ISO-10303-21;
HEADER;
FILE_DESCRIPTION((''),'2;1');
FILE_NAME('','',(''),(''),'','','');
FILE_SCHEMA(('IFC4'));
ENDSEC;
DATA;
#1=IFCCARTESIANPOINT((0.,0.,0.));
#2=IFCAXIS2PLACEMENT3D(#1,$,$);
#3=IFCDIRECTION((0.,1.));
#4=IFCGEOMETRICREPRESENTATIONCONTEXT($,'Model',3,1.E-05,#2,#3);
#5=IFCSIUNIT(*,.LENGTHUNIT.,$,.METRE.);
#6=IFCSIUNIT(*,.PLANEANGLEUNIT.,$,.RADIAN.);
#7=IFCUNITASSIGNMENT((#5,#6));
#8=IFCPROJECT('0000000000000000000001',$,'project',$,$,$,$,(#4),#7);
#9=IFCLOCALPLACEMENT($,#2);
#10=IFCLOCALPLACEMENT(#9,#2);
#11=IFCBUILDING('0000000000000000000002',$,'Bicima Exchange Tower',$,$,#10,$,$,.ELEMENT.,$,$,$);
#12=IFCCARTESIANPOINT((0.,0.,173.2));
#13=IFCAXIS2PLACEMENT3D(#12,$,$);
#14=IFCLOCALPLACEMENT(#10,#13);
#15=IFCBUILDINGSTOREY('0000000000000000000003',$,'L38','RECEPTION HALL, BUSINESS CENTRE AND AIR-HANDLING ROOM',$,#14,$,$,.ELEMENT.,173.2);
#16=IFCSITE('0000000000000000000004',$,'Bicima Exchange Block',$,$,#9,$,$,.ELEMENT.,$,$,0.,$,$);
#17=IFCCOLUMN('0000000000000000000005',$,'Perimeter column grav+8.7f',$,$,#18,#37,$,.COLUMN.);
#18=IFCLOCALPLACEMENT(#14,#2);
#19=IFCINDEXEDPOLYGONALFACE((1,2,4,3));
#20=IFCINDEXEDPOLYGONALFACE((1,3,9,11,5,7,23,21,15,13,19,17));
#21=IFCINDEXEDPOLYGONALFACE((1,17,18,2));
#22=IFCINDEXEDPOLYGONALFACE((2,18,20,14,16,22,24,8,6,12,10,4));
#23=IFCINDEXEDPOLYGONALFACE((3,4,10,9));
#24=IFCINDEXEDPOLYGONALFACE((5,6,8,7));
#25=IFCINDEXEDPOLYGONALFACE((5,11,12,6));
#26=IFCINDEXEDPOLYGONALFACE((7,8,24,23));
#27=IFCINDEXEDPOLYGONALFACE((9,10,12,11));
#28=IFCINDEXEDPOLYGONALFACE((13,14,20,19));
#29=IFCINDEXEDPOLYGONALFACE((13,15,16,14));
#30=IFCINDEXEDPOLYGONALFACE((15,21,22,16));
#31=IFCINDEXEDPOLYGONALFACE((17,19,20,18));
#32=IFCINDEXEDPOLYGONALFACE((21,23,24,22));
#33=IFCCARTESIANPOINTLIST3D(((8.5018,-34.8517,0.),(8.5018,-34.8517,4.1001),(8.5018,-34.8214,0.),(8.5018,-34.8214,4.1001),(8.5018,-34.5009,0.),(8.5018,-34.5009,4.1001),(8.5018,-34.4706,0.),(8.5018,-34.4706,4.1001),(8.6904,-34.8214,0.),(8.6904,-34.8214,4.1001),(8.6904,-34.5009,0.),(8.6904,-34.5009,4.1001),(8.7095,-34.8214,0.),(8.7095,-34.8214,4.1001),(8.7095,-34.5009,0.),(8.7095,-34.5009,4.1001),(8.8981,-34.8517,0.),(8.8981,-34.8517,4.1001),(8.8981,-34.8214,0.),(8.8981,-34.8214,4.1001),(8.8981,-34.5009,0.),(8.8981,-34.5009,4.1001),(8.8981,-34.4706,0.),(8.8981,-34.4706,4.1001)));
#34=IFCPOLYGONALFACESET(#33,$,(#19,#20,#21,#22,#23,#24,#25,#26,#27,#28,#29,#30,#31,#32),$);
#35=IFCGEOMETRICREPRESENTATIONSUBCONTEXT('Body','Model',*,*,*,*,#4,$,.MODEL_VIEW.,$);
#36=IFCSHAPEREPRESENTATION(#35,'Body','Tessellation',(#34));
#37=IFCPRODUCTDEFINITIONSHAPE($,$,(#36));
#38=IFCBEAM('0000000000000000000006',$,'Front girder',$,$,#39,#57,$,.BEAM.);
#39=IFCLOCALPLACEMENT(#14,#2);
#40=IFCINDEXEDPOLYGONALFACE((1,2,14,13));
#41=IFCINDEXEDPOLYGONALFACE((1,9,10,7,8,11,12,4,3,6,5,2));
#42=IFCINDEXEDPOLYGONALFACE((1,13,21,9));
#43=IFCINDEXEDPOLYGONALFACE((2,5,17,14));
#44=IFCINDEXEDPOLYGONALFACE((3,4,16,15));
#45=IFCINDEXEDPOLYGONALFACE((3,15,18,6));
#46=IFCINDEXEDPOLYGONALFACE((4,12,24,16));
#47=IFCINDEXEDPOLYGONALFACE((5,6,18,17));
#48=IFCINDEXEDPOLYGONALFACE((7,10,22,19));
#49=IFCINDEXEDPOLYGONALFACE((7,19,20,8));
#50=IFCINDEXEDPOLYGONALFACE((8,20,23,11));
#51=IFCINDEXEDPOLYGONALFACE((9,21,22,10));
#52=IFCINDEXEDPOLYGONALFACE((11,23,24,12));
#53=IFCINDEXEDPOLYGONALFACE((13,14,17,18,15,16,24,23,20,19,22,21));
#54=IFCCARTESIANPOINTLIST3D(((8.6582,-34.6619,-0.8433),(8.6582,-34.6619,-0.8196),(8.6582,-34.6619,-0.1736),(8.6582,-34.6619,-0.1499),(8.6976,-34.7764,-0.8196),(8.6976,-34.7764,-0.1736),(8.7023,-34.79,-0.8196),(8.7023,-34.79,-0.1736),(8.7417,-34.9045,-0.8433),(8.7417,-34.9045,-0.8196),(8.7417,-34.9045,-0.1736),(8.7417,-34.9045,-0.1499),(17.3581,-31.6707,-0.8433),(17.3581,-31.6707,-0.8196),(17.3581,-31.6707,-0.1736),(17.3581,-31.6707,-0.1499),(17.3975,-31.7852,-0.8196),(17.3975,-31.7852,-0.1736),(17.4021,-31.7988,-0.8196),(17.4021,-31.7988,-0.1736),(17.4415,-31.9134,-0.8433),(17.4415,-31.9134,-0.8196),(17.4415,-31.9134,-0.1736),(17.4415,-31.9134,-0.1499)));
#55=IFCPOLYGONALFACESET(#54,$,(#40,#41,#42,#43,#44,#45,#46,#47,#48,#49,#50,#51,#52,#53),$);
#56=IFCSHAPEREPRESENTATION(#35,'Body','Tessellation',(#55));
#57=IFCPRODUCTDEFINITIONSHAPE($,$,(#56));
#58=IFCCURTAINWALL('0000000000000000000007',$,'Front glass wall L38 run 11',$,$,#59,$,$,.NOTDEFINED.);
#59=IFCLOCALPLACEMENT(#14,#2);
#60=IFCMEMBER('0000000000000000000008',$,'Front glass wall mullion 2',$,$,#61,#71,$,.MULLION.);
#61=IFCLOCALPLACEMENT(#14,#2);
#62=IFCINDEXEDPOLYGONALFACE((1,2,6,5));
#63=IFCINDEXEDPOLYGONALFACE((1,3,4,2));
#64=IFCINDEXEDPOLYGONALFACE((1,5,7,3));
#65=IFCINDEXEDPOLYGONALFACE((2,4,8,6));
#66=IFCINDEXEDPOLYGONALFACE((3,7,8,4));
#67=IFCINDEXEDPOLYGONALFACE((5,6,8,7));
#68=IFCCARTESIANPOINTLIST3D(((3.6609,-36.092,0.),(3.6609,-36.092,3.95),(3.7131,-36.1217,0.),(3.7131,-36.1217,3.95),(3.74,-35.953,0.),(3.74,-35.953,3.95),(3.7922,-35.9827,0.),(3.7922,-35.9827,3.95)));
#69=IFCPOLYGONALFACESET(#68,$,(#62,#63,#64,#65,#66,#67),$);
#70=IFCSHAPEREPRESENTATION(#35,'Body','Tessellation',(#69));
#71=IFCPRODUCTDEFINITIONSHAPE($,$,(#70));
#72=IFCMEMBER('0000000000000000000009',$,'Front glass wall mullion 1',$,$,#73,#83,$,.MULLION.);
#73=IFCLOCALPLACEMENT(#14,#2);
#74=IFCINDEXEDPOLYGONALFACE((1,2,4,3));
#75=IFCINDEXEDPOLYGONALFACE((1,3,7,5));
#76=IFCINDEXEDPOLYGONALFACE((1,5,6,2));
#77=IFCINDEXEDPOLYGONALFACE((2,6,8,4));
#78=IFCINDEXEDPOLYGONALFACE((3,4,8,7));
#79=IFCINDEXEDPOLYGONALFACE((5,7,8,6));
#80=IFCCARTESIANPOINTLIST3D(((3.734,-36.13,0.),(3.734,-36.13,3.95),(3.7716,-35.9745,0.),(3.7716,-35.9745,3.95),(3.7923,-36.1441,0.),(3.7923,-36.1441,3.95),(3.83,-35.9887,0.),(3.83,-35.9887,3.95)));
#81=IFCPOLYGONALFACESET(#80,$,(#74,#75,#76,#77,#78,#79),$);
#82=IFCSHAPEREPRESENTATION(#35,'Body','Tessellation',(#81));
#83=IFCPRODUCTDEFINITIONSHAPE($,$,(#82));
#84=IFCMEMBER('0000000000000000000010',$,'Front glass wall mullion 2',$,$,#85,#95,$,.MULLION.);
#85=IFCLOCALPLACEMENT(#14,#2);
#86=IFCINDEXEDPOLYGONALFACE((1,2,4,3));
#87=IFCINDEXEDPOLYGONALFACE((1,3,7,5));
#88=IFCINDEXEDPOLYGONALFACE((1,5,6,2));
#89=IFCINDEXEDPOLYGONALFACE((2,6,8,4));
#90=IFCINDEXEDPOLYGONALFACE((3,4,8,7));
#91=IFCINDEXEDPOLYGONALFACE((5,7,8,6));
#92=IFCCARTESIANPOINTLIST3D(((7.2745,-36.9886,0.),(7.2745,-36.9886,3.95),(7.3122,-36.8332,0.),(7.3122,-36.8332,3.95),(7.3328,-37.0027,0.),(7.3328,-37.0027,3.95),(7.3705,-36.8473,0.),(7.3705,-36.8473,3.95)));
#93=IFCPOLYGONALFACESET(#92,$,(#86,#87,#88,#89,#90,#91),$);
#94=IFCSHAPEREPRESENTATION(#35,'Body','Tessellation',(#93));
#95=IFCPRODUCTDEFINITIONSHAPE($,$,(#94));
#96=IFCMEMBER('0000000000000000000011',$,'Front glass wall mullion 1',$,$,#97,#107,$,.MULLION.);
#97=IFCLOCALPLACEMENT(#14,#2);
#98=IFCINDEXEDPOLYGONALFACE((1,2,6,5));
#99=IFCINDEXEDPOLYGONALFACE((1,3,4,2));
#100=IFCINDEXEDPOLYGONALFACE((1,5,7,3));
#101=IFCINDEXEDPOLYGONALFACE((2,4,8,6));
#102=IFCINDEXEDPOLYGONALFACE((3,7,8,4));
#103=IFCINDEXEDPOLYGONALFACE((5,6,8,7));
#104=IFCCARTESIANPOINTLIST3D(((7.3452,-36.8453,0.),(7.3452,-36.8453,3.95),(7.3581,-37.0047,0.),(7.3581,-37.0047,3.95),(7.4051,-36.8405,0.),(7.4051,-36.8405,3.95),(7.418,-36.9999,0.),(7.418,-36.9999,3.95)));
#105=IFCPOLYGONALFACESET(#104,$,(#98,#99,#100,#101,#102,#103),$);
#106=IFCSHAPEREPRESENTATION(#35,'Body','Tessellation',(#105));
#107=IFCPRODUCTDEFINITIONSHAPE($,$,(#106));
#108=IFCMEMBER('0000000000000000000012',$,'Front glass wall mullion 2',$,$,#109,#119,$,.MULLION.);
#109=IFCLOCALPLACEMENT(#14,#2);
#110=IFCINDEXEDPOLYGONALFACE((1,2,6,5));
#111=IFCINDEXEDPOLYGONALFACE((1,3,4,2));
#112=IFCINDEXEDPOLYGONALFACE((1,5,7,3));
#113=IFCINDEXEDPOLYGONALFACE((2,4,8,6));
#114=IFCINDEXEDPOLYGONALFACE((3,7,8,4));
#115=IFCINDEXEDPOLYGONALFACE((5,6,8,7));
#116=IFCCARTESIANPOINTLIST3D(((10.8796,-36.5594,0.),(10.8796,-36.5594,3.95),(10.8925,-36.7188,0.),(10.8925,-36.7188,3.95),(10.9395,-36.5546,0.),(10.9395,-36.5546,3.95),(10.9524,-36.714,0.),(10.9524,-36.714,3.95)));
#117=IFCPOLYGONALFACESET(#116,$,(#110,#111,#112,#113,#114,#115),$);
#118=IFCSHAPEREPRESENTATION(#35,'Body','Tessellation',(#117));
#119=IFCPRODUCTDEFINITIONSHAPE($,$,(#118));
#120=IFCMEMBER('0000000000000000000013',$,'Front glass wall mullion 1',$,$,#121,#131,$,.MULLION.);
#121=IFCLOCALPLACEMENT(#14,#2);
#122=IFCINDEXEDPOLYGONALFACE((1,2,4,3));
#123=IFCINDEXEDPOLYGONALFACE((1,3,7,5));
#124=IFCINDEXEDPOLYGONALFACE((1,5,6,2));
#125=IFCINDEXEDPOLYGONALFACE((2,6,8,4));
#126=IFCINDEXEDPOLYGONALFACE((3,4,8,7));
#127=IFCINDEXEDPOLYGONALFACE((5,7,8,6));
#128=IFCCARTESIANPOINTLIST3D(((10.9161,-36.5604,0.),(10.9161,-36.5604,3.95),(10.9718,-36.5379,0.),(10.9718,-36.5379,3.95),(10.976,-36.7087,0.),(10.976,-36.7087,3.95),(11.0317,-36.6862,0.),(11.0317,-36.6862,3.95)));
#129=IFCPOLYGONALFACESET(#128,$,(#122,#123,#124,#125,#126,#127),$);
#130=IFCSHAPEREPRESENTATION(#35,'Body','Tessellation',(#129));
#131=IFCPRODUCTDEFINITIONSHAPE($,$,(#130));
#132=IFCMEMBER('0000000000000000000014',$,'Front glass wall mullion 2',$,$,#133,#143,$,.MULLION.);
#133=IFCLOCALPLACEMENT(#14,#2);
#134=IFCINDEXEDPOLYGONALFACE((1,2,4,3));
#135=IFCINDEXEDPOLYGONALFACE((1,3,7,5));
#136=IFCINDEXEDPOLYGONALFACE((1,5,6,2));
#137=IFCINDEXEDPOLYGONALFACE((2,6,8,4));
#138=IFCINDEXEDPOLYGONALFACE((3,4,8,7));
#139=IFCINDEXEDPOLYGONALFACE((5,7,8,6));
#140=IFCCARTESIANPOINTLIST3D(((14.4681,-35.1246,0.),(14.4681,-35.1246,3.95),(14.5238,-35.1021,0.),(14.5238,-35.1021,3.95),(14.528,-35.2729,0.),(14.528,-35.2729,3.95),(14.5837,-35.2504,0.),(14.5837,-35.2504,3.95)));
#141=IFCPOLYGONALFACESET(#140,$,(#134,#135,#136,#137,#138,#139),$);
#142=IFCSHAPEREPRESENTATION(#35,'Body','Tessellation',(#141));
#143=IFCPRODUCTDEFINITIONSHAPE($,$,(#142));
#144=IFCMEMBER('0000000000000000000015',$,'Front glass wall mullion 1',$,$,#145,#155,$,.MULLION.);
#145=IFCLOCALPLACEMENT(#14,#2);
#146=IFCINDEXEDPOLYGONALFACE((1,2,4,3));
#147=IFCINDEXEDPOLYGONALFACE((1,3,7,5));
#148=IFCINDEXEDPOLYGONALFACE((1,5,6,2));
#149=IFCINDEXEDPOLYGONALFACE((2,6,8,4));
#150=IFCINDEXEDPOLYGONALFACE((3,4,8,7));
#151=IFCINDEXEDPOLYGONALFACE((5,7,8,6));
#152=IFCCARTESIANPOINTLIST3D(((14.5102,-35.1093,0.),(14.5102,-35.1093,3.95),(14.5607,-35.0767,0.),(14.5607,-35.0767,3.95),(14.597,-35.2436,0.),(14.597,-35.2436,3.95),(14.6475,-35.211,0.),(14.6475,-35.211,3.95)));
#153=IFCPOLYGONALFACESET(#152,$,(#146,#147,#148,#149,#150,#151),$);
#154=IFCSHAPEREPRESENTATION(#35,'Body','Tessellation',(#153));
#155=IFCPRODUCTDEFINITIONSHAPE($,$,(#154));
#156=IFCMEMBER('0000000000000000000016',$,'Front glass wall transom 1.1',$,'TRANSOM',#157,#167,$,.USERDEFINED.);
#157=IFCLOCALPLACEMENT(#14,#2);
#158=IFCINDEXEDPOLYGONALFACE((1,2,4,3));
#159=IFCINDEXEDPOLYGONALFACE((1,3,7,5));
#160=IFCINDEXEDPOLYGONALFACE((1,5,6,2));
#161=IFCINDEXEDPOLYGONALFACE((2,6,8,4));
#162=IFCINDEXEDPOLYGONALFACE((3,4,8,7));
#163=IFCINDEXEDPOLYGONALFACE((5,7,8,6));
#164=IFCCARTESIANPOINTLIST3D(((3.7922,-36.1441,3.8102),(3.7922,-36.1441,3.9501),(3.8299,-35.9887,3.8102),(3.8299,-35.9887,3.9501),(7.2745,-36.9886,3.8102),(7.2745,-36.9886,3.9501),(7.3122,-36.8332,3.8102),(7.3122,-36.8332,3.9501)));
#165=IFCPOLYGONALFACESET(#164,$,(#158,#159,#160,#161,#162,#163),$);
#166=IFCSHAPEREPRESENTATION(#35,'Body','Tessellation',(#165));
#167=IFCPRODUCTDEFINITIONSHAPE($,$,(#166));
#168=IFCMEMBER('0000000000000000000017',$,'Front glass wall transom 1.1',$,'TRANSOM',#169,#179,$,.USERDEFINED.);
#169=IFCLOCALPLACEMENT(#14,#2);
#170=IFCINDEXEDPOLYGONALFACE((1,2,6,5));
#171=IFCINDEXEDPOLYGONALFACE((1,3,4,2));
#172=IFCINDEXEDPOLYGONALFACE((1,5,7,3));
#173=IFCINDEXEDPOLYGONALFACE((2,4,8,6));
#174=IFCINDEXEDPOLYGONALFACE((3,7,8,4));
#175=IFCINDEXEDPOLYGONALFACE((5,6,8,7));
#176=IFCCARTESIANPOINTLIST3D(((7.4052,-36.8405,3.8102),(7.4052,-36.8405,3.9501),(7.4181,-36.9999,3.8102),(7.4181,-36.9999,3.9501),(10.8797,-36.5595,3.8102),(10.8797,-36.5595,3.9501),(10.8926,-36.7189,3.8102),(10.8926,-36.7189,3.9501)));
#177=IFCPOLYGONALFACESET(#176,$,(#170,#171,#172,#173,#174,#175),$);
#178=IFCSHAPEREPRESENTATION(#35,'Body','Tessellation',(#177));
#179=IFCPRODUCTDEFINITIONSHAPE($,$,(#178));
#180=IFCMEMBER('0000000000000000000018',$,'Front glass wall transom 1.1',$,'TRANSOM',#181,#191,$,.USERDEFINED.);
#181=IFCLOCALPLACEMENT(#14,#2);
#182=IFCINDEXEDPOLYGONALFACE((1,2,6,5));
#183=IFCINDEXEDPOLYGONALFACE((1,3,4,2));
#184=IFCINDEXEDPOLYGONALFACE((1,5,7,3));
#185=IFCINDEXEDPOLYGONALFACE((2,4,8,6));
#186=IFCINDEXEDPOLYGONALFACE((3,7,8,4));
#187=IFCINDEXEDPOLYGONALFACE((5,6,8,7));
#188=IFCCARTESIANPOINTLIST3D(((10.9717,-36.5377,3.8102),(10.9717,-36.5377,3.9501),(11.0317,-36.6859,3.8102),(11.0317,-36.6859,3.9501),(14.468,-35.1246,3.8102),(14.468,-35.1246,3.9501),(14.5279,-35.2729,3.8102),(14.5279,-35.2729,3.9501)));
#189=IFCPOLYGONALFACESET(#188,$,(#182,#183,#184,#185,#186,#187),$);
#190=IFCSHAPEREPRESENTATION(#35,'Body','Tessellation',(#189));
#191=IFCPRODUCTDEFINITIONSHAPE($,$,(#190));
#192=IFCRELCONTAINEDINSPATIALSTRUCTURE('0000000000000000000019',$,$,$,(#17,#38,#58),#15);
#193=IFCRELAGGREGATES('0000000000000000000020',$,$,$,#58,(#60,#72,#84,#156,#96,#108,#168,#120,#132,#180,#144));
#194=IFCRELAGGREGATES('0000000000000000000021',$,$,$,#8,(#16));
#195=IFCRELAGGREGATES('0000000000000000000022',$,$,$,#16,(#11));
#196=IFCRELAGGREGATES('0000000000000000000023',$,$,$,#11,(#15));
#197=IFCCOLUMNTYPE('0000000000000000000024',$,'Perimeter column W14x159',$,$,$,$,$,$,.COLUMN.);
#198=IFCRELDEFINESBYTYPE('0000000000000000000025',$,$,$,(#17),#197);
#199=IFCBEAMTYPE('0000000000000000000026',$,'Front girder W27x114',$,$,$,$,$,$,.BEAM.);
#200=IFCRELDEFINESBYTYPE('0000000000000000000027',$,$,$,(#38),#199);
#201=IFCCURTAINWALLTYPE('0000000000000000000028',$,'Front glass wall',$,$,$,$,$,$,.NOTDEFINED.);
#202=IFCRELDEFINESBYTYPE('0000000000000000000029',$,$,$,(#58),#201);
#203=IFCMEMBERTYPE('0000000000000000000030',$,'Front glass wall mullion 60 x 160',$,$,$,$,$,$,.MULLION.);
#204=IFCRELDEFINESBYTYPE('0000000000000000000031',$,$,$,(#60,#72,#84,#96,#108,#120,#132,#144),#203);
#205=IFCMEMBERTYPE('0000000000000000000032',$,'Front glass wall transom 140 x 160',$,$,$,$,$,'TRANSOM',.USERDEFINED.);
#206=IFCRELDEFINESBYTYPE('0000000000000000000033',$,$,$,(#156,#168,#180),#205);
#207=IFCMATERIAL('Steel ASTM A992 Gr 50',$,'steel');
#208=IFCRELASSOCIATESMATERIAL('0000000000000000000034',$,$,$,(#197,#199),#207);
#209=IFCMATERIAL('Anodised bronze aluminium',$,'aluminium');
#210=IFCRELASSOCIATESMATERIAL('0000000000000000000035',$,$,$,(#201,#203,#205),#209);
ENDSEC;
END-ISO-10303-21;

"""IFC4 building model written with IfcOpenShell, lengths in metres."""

from ifc_helpers import new_model, si_unit, direction, frame, origin, origin_2d, place, context, subcontext, project, spatial, rectangle, i_section, extrude, material, material_profile, profile_set, type_object, element, aggregate, save


model = new_model("IFC4")

# Units and contexts
model_context = context("Model", 3, precision=1e-05, world=origin(), true_north=direction((0.0, 1.0)))
body_context = subcontext(model_context, "Body", "Model", "MODEL_VIEW")
ifc_project = project(units=[si_unit("LENGTHUNIT", "METRE"), si_unit("PLANEANGLEUNIT", "RADIAN")], contexts=[model_context])

# Site, building, storey
site_placement = place(None, origin())
site = spatial("IfcSite", under=ifc_project, at=site_placement, Name="Bicima Exchange Block", CompositionType="ELEMENT", RefElevation=0.0)
building_placement = place(site_placement, origin())
building = spatial("IfcBuilding", under=site, at=building_placement, Name="Bicima Exchange Tower", CompositionType="ELEMENT")
storey_placement = place(building_placement, frame((0.0, 0.0, 173.2)))
storey = spatial("IfcBuildingStorey", under=building, at=storey_placement, Name="L38", Description="RECEPTION HALL, BUSINESS CENTRE AND AIR-HANDLING ROOM", CompositionType="ELEMENT", Elevation=173.2)

# Column
ifc_material_1 = material(Name="Steel ASTM A992 Gr 50", Category="steel")
ifc_material_profile_1 = material_profile(ifc_material_1, i_section(OverallWidth=0.3962, OverallDepth=0.3811, WebThickness=0.019, FlangeThickness=0.0303, at=origin_2d()))
ifc_profile_set_1 = profile_set([ifc_material_profile_1], Name="Steel ASTM A992 Gr 50")
column_type = type_object("IfcColumnType", Name="Perimeter column W14x159", PredefinedType="COLUMN", material=ifc_profile_set_1)
column_placement = place(storey_placement, frame((8.7, -34.6611, 0.0), z_axis=(0.0, 0.0, 1.0), x_axis=(1.0, 0.0, 0.0)))
element("IfcColumn", 1, at=column_placement, inside=storey, type_object=column_type, Name="Perimeter column grav+8.7f", PredefinedType="COLUMN", context=body_context, shape_type="SweptSolid", body=[
    extrude(i_section(OverallWidth=0.3962, OverallDepth=0.3811, WebThickness=0.019, FlangeThickness=0.0303, at=origin_2d()), origin(), (0.0, 0.0, 1.0), 4.1001),
])

# Beam
ifc_material_profile_2 = material_profile(ifc_material_1, i_section(OverallWidth=0.2566, OverallDepth=0.6934, WebThickness=0.0144, FlangeThickness=0.0237, at=origin_2d()))
ifc_profile_set_2 = profile_set([ifc_material_profile_2], Name="Steel ASTM A992 Gr 50")
beam_type = type_object("IfcBeamType", Name="Front girder W27x114", PredefinedType="BEAM", material=ifc_profile_set_2)
beam_placement = place(storey_placement, frame((8.7, -34.7832, -0.4966), z_axis=(0.945666, 0.325138, 0.0), x_axis=(-0.325138, 0.945666, 0.0)))
element("IfcBeam", 2, at=beam_placement, inside=storey, type_object=beam_type, Name="Front girder", PredefinedType="BEAM", context=body_context, shape_type="SweptSolid", body=[
    extrude(i_section(OverallWidth=0.2566, OverallDepth=0.6934, WebThickness=0.0144, FlangeThickness=0.0237, at=origin_2d()), origin(), (0.0, 0.0, 1.0), 9.1997),
])

# Curtain wall, members
ifc_material_2 = material(Name="Anodised bronze aluminium", Category="aluminium")
curtain_wall_type = type_object("IfcCurtainWallType", Name="Front glass wall", PredefinedType="NOTDEFINED", material=ifc_material_2)
curtain_wall_placement = place(storey_placement, origin())
curtain_wall = element("IfcCurtainWall", 3, at=curtain_wall_placement, inside=storey, type_object=curtain_wall_type, Name="Front glass wall L38 run 11", PredefinedType="NOTDEFINED")
ifc_material_profile_3 = material_profile(ifc_material_2, rectangle(XDim=0.1599, YDim=0.0601, at=origin_2d()))
ifc_profile_set_3 = profile_set([ifc_material_profile_3], Name="Anodised bronze aluminium")
member_type_1 = type_object("IfcMemberType", Name="Front glass wall mullion 60 x 160", PredefinedType="MULLION", material=ifc_profile_set_3)
member_1_placement = place(storey_placement, frame((3.7266, -36.0374, 0.0), z_axis=(0.0, 0.0, 1.0), x_axis=(0.49433, 0.869274, 0.0)))
member_1 = element("IfcMember", 4, at=member_1_placement, type_object=member_type_1, Name="Front glass wall mullion 2", PredefinedType="MULLION", context=body_context, shape_type="SweptSolid", body=[
    extrude(rectangle(XDim=0.1599, YDim=0.0601, at=origin_2d()), origin(), (0.0, 0.0, 1.0), 3.95),
])
member_2_placement = place(storey_placement, frame((3.782, -36.0593, 0.0), z_axis=(0.0, 0.0, 1.0), x_axis=(0.235682, 0.97183, 0.0)))
member_2 = element("IfcMember", 5, at=member_2_placement, type_object=member_type_1, Name="Front glass wall mullion 1", PredefinedType="MULLION", context=body_context, shape_type="SweptSolid", body=[
    extrude(rectangle(XDim=0.1599, YDim=0.0601, at=origin_2d()), origin(), (0.0, 0.0, 1.0), 3.95),
])
member_3_placement = place(storey_placement, frame((7.3225, -36.918, 0.0), z_axis=(0.0, 0.0, 1.0), x_axis=(0.235682, 0.97183, 0.0)))
member_3 = element("IfcMember", 6, at=member_3_placement, type_object=member_type_1, Name="Front glass wall mullion 2", PredefinedType="MULLION", context=body_context, shape_type="SweptSolid", body=[
    extrude(rectangle(XDim=0.1599, YDim=0.0601, at=origin_2d()), origin(), (0.0, 0.0, 1.0), 3.95),
])
member_4_placement = place(storey_placement, frame((7.3816, -36.9226, 0.0), z_axis=(0.0, 0.0, 1.0), x_axis=(-0.080589, 0.996747, 0.0)))
member_4 = element("IfcMember", 7, at=member_4_placement, type_object=member_type_1, Name="Front glass wall mullion 1", PredefinedType="MULLION", context=body_context, shape_type="SweptSolid", body=[
    extrude(rectangle(XDim=0.1599, YDim=0.0601, at=origin_2d()), origin(), (0.0, 0.0, 1.0), 3.95),
])
member_5_placement = place(storey_placement, frame((10.916, -36.6367, 0.0), z_axis=(0.0, 0.0, 1.0), x_axis=(-0.080589, 0.996747, 0.0)))
member_5 = element("IfcMember", 8, at=member_5_placement, type_object=member_type_1, Name="Front glass wall mullion 2", PredefinedType="MULLION", context=body_context, shape_type="SweptSolid", body=[
    extrude(rectangle(XDim=0.1599, YDim=0.0601, at=origin_2d()), origin(), (0.0, 0.0, 1.0), 3.95),
])
member_6_placement = place(storey_placement, frame((10.9739, -36.6233, 0.0), z_axis=(0.0, 0.0, 1.0), x_axis=(-0.374705, 0.927144, 0.0)))
member_6 = element("IfcMember", 9, at=member_6_placement, type_object=member_type_1, Name="Front glass wall mullion 1", PredefinedType="MULLION", context=body_context, shape_type="SweptSolid", body=[
    extrude(rectangle(XDim=0.1599, YDim=0.0601, at=origin_2d()), origin(), (0.0, 0.0, 1.0), 3.95),
])
member_7_placement = place(storey_placement, frame((14.5259, -35.1875, 0.0), z_axis=(0.0, 0.0, 1.0), x_axis=(-0.374705, 0.927144, 0.0)))
member_7 = element("IfcMember", 10, at=member_7_placement, type_object=member_type_1, Name="Front glass wall mullion 2", PredefinedType="MULLION", context=body_context, shape_type="SweptSolid", body=[
    extrude(rectangle(XDim=0.1599, YDim=0.0601, at=origin_2d()), origin(), (0.0, 0.0, 1.0), 3.95),
])
member_8_placement = place(storey_placement, frame((14.5789, -35.1602, 0.0), z_axis=(0.0, 0.0, 1.0), x_axis=(-0.542909, 0.839791, 0.0)))
member_8 = element("IfcMember", 11, at=member_8_placement, type_object=member_type_1, Name="Front glass wall mullion 1", PredefinedType="MULLION", context=body_context, shape_type="SweptSolid", body=[
    extrude(rectangle(XDim=0.1599, YDim=0.0601, at=origin_2d()), origin(), (0.0, 0.0, 1.0), 3.95),
])
ifc_material_profile_4 = material_profile(ifc_material_2, rectangle(XDim=0.1599, YDim=0.1399, at=origin_2d()))
ifc_profile_set_4 = profile_set([ifc_material_profile_4], Name="Anodised bronze aluminium")
member_type_2 = type_object("IfcMemberType", Name="Front glass wall transom 140 x 160", ElementType="TRANSOM", PredefinedType="USERDEFINED", material=ifc_profile_set_4)
member_9_placement = place(storey_placement, frame((3.811, -36.0664, 3.8801), z_axis=(0.971834, -0.235668, 0.0), x_axis=(0.235668, 0.971834, 0.0)))
member_9 = element("IfcMember", 12, at=member_9_placement, type_object=member_type_2, Name="Front glass wall transom 1.1", ObjectType="TRANSOM", PredefinedType="USERDEFINED", context=body_context, shape_type="SweptSolid", body=[
    extrude(rectangle(XDim=0.1599, YDim=0.1399, at=origin_2d()), origin(), (0.0, 0.0, 1.0), 3.5833),
])
member_10_placement = place(storey_placement, frame((7.4116, -36.9202, 3.8801), z_axis=(0.996746, 0.080611, 0.0), x_axis=(-0.080611, 0.996746, 0.0)))
member_10 = element("IfcMember", 13, at=member_10_placement, type_object=member_type_2, Name="Front glass wall transom 1.1", ObjectType="TRANSOM", PredefinedType="USERDEFINED", context=body_context, shape_type="SweptSolid", body=[
    extrude(rectangle(XDim=0.1599, YDim=0.1399, at=origin_2d()), origin(), (0.0, 0.0, 1.0), 3.4858),
])
member_11_placement = place(storey_placement, frame((11.0017, -36.6118, 3.8801), z_axis=(0.92714, 0.374715, 0.0), x_axis=(-0.374715, 0.92714, 0.0)))
member_11 = element("IfcMember", 14, at=member_11_placement, type_object=member_type_2, Name="Front glass wall transom 1.1", ObjectType="TRANSOM", PredefinedType="USERDEFINED", context=body_context, shape_type="SweptSolid", body=[
    extrude(rectangle(XDim=0.1599, YDim=0.1399, at=origin_2d()), origin(), (0.0, 0.0, 1.0), 3.771),
])
aggregate(curtain_wall, [member_1, member_2, member_3, member_9, member_4, member_5, member_10, member_6, member_7, member_11, member_8])

save(model, "model.ifc")
